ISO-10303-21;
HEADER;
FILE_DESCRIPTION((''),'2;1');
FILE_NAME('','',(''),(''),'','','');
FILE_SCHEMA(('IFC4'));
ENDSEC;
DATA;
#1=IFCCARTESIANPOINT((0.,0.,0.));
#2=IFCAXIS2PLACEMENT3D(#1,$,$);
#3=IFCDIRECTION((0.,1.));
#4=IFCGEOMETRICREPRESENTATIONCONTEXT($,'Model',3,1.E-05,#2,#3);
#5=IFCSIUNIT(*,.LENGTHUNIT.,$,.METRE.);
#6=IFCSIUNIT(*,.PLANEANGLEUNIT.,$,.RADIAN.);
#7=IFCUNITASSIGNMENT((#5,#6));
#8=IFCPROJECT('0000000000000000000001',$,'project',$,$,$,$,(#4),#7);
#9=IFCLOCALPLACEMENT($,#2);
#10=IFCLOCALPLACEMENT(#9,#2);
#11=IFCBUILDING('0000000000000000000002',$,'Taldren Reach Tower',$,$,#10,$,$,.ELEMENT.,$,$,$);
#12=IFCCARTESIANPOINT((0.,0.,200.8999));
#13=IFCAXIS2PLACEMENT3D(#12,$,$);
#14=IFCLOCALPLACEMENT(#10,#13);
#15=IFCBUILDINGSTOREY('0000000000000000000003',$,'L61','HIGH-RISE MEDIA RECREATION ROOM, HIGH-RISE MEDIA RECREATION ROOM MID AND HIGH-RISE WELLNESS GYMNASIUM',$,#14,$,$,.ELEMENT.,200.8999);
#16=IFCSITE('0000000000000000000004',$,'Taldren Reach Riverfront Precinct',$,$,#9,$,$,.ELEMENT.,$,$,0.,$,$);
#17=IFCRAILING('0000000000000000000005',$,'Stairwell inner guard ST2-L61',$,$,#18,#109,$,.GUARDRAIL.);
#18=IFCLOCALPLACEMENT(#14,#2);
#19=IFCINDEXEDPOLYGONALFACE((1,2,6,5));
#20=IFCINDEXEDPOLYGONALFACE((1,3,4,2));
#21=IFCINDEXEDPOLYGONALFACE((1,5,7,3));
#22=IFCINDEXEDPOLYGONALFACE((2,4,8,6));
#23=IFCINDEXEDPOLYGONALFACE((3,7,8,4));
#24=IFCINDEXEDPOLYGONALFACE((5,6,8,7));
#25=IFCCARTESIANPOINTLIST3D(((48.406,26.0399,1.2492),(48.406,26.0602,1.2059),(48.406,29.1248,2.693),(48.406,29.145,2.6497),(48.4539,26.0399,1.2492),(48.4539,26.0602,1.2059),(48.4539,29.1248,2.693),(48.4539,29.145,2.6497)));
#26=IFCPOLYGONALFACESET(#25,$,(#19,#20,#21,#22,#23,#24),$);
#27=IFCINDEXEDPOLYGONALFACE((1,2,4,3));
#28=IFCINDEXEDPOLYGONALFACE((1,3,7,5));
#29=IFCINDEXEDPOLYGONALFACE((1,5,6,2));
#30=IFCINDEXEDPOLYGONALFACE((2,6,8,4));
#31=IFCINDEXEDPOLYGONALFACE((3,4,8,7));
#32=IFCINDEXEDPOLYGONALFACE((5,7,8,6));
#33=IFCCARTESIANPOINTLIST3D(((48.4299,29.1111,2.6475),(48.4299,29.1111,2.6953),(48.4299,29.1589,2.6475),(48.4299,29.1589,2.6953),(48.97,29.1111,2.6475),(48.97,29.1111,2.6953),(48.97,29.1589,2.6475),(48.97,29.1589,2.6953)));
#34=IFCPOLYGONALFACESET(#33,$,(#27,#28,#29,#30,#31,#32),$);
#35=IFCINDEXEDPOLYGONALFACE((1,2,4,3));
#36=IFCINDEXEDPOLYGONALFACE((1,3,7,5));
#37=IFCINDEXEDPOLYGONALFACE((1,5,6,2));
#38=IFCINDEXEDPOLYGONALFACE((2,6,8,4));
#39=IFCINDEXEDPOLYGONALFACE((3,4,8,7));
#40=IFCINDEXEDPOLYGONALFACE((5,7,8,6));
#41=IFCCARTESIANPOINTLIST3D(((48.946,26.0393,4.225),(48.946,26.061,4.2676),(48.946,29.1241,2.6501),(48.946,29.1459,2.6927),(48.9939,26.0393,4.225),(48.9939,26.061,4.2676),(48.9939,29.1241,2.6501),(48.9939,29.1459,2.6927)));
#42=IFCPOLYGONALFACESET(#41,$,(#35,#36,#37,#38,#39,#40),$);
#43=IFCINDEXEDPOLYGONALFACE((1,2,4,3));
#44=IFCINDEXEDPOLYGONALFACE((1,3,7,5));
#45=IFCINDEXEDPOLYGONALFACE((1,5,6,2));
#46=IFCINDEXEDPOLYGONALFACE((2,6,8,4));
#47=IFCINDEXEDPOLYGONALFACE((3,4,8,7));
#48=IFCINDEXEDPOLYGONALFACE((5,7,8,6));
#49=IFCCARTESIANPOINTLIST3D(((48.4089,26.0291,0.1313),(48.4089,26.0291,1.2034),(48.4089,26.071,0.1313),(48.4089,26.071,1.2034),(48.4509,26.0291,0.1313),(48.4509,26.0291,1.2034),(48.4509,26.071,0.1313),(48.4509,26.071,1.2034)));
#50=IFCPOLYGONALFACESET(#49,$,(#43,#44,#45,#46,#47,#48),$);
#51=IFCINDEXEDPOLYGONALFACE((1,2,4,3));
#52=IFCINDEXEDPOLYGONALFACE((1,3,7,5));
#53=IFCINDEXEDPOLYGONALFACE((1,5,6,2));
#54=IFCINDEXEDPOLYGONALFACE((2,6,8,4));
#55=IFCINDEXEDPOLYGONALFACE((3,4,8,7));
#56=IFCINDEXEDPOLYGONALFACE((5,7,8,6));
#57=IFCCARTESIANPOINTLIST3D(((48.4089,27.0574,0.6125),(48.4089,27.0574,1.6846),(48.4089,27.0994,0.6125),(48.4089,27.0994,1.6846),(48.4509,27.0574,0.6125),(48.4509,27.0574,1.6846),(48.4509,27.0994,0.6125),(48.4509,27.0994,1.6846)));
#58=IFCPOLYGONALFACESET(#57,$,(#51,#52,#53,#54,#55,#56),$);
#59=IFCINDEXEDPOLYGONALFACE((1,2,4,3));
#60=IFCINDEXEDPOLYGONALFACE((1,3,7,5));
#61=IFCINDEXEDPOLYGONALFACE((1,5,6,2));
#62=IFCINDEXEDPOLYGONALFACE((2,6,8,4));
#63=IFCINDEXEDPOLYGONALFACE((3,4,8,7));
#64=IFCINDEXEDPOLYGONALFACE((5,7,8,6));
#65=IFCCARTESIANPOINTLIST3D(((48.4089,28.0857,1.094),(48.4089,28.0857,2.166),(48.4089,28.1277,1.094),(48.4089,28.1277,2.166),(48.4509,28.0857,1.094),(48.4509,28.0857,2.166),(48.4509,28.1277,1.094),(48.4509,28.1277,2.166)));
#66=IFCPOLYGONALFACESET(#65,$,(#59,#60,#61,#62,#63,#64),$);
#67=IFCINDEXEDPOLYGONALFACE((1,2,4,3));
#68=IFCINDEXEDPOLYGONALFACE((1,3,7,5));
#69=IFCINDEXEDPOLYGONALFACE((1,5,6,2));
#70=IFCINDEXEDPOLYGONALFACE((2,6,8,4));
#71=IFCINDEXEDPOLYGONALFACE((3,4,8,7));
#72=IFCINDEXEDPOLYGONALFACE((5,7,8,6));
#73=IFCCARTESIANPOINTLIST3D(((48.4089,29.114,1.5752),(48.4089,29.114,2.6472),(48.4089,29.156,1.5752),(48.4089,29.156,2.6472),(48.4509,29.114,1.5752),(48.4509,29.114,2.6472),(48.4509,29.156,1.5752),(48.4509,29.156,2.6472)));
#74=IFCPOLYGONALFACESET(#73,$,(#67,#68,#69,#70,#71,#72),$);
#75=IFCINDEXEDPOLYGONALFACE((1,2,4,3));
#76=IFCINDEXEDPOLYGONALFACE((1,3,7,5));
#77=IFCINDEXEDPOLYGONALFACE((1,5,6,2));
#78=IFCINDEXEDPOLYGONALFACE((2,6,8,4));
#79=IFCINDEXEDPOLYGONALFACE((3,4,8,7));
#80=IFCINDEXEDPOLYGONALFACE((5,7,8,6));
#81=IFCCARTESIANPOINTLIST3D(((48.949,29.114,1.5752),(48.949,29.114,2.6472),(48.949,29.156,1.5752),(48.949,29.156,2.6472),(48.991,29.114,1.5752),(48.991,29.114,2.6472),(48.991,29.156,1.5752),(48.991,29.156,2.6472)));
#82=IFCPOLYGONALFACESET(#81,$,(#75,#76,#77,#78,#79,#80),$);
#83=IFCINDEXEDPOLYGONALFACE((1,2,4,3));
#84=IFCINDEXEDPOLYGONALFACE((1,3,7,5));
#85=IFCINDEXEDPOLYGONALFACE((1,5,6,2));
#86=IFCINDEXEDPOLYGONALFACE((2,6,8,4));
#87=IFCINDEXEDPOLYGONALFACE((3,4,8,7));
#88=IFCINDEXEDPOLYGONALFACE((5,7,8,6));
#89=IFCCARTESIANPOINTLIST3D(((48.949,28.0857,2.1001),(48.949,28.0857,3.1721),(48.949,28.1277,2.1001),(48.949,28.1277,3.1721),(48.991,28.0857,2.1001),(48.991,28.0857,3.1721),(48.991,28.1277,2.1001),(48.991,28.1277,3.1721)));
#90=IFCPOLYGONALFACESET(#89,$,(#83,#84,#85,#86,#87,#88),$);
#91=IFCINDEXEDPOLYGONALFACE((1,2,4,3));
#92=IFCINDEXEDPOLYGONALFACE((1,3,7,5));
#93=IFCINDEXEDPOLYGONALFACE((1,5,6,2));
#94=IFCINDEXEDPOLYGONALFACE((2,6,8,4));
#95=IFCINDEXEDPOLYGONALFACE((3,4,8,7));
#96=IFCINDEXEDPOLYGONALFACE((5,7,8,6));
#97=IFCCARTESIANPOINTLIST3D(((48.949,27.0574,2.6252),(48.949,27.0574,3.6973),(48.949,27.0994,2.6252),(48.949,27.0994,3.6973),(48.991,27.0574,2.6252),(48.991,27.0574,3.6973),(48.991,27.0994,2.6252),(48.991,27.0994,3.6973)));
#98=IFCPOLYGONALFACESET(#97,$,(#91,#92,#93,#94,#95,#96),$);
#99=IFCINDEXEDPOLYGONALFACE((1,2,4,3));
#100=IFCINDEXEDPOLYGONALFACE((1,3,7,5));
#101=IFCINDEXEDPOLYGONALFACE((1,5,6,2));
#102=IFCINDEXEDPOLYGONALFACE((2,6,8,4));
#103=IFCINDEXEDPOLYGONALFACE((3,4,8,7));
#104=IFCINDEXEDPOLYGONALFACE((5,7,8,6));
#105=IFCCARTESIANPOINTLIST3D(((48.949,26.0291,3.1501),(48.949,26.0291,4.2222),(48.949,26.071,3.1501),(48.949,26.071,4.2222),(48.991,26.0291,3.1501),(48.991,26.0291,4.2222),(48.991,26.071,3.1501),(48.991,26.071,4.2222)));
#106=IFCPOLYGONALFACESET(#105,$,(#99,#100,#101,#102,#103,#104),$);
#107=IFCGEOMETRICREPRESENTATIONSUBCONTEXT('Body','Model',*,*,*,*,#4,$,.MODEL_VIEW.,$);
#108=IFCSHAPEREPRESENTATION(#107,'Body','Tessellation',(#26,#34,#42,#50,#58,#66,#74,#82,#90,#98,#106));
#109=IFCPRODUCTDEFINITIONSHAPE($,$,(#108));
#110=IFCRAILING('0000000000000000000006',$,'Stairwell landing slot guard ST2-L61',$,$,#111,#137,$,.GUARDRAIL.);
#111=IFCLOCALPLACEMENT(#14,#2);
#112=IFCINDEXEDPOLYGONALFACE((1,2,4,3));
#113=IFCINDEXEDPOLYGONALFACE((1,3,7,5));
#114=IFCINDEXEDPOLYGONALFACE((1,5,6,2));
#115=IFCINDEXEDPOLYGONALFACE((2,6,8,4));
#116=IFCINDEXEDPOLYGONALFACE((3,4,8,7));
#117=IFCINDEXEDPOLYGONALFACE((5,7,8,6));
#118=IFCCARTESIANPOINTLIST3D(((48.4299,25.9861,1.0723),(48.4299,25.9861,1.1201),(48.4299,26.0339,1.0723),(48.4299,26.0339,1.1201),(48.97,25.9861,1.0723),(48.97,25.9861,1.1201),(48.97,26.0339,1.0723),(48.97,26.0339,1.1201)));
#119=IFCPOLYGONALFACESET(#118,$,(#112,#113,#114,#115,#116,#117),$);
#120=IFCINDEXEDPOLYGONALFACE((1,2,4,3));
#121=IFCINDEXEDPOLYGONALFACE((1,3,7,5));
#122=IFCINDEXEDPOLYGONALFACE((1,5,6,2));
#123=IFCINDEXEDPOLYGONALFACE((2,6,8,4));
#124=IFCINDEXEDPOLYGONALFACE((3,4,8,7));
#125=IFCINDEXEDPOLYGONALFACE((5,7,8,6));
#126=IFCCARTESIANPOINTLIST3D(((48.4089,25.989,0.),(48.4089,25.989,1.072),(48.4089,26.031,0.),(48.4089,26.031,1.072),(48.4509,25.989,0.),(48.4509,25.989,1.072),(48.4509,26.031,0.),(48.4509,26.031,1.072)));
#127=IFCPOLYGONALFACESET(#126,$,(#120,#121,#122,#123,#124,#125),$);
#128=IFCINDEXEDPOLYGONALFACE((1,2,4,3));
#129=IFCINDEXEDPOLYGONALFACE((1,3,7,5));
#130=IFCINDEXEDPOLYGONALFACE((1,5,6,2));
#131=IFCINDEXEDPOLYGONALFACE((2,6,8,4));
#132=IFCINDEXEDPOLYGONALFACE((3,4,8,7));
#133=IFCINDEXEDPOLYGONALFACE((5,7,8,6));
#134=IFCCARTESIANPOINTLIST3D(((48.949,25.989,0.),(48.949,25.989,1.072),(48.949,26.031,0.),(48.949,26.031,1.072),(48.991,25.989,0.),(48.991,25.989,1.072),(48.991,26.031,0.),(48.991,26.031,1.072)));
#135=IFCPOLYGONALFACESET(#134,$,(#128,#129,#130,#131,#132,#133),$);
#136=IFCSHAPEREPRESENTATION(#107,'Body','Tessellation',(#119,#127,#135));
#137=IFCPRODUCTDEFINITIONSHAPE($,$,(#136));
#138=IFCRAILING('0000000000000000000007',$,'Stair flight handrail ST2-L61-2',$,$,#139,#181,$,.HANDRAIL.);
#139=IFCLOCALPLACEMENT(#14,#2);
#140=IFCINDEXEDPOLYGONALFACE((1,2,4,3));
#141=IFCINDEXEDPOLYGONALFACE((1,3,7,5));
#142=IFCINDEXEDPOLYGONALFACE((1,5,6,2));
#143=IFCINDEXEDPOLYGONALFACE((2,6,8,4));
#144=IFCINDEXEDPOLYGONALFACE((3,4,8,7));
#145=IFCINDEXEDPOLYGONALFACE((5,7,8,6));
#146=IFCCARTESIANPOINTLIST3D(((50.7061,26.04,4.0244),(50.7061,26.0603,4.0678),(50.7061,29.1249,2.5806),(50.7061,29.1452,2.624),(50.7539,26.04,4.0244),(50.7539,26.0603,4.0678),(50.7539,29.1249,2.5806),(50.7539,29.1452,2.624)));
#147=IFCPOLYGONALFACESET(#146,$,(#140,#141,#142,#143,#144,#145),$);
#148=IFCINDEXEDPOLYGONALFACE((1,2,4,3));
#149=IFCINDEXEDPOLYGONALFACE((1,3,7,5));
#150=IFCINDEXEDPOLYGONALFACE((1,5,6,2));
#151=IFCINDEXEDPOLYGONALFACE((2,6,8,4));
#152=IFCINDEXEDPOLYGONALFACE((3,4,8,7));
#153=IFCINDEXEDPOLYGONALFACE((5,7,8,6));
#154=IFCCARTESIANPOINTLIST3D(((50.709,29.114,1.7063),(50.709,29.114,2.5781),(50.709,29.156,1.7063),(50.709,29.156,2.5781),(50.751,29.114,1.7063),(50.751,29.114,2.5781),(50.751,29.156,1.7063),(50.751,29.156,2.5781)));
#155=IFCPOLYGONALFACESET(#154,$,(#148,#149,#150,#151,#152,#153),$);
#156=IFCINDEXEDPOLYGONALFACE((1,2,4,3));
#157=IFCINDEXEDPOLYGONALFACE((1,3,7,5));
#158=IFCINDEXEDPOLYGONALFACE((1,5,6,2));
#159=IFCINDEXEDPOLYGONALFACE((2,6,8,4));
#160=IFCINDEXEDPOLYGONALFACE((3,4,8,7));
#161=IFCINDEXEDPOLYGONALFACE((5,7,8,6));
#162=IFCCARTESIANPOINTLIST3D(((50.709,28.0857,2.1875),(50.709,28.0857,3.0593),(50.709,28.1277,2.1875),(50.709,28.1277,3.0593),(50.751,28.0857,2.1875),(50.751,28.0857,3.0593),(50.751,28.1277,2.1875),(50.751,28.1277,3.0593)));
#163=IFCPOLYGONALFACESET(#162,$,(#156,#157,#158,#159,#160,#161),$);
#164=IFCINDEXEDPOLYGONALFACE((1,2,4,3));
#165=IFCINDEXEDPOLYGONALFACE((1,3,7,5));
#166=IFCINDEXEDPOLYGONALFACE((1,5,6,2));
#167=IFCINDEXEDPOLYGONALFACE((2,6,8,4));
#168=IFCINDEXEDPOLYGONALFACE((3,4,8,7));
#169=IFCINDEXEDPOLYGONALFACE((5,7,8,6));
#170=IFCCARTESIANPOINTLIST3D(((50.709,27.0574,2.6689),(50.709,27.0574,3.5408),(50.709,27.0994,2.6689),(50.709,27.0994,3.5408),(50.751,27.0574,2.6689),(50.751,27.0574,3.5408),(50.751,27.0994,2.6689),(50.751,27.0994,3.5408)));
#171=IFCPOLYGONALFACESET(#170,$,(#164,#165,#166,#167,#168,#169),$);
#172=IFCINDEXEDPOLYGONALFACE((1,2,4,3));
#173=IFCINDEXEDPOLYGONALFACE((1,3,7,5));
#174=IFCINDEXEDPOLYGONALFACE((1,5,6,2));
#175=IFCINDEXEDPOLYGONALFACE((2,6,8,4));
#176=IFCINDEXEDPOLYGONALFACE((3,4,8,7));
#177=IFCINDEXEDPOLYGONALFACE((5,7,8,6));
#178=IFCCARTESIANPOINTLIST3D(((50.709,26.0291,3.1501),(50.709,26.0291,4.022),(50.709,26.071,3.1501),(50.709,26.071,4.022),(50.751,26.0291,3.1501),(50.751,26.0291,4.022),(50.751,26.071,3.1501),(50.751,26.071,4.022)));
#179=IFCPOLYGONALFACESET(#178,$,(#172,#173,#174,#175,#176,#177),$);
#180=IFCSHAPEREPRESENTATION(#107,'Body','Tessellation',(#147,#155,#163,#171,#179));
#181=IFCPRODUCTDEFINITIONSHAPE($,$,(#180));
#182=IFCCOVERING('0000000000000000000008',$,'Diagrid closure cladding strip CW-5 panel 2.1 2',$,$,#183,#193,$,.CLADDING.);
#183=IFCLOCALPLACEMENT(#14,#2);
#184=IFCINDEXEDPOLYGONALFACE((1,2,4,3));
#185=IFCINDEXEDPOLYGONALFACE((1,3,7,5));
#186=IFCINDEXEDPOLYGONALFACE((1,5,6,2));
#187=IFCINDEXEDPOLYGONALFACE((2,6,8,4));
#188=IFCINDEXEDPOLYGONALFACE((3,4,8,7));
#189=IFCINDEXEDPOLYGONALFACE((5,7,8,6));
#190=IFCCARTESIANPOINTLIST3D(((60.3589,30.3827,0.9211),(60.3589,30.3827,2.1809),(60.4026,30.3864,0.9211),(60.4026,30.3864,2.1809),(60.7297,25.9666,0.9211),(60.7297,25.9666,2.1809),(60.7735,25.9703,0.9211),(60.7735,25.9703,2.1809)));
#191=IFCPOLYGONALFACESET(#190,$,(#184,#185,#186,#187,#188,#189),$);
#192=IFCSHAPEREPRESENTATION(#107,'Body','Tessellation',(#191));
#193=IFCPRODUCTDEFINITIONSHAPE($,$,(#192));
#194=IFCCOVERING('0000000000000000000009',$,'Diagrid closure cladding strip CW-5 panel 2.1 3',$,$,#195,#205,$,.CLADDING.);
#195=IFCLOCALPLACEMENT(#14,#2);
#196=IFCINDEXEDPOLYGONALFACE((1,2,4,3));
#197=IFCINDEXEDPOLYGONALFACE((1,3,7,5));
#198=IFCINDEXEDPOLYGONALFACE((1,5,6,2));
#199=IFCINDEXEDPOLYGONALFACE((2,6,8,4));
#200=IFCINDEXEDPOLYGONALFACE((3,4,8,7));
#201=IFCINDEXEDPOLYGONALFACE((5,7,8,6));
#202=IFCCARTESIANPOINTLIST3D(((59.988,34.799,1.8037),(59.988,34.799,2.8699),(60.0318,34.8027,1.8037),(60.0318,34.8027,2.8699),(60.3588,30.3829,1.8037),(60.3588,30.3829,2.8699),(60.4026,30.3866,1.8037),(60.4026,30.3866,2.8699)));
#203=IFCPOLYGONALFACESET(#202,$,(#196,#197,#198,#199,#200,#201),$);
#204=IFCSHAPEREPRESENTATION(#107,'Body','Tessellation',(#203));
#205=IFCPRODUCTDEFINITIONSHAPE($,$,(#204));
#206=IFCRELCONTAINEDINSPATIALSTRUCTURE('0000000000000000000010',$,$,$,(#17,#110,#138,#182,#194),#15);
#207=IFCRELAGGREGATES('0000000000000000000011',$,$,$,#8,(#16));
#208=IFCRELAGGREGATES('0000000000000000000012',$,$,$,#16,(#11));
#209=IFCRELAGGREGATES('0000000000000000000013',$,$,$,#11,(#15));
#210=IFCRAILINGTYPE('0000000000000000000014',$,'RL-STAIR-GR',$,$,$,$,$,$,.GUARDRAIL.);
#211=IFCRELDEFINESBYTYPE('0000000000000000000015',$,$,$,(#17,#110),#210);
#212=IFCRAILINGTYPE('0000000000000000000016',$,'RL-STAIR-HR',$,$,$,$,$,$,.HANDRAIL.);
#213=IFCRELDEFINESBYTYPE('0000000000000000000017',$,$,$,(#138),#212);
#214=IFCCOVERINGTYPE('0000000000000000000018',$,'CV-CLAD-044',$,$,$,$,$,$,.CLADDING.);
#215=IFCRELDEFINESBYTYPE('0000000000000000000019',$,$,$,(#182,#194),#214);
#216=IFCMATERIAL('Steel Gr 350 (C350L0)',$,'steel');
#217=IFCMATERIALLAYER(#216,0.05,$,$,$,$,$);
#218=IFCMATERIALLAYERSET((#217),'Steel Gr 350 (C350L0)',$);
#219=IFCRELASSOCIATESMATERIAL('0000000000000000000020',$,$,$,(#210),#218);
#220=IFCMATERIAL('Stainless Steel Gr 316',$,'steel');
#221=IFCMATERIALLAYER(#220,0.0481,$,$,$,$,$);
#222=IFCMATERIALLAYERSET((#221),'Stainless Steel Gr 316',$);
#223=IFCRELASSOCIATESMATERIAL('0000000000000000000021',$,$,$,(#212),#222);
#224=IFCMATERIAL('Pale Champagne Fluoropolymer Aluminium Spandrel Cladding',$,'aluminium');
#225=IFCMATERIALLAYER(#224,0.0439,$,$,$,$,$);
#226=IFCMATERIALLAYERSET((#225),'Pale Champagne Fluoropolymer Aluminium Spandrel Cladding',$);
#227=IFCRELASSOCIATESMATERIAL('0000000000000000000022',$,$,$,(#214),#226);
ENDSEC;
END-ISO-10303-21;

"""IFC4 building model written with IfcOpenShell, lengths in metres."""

from ifc_helpers import new_model, si_unit, direction, frame, origin, origin_2d, place, context, subcontext, project, spatial, rectangle, extrude, source, transform, mapped, material, layer, layer_set, type_object, element, save


model = new_model("IFC4")

# Units and contexts
model_context = context("Model", 3, precision=1e-05, world=origin(), true_north=direction((0.0, 1.0)))
body_context = subcontext(model_context, "Body", "Model", "MODEL_VIEW")
ifc_project = project(units=[si_unit("LENGTHUNIT", "METRE"), si_unit("PLANEANGLEUNIT", "RADIAN")], contexts=[model_context])

# Site, building, storey
site_placement = place(None, origin())
site = spatial("IfcSite", under=ifc_project, at=site_placement, Name="Taldren Reach Riverfront Precinct", CompositionType="ELEMENT", RefElevation=0.0)
building_placement = place(site_placement, origin())
building = spatial("IfcBuilding", under=site, at=building_placement, Name="Taldren Reach Tower", CompositionType="ELEMENT")
storey_placement = place(building_placement, frame((0.0, 0.0, 200.8999)))
storey = spatial("IfcBuildingStorey", under=building, at=storey_placement, Name="L61", Description="HIGH-RISE MEDIA RECREATION ROOM, HIGH-RISE MEDIA RECREATION ROOM MID AND HIGH-RISE WELLNESS GYMNASIUM", CompositionType="ELEMENT", Elevation=200.8999)

# Shared definitions
ifc_material_1 = material(Name="Steel Gr 350 (C350L0)", Category="steel")

# Railings
ifc_layer_1 = layer(ifc_material_1, 0.05)
ifc_layer_set_1 = layer_set([ifc_layer_1], Name="Steel Gr 350 (C350L0)")
railing_type_1 = type_object("IfcRailingType", Name="RL-STAIR-GR", PredefinedType="GUARDRAIL", material=ifc_layer_set_1)
railing_1_placement = place(storey_placement, frame((48.4299, 26.05, 0.1313)))
element("IfcRailing", 1, at=railing_1_placement, inside=storey, type_object=railing_type_1, Name="Stairwell inner guard ST2-L61", PredefinedType="GUARDRAIL", context=body_context, shape_type="SweptSolid", body=[
    extrude(rectangle(XDim=0.0479, YDim=0.0479, at=origin_2d()), frame((0.0, 0.0, 1.0962), z_axis=(0.0, 0.90571, 0.423898), x_axis=(-1.0, 0.0, 0.0)), (0.0, 0.0, 1.0), 3.406),
    extrude(rectangle(XDim=0.0479, YDim=0.0479, at=origin_2d()), frame((0.0, 3.085, 2.54), z_axis=(1.0, 0.0, 0.0), x_axis=(0.0, 1.0, 0.0)), (0.0, 0.0, 1.0), 0.54),
    extrude(rectangle(XDim=0.0479, YDim=0.0479, at=origin_2d()), frame((0.54, 3.085, 2.54), z_axis=(0.0, -0.890646, 0.454697), x_axis=(1.0, 0.0, 0.0)), (0.0, 0.0, 1.0), 3.4636),
    extrude(rectangle(XDim=0.042, YDim=0.042, at=origin_2d()), origin(), (0.0, 0.0, 1.0), 1.072),
    extrude(rectangle(XDim=0.042, YDim=0.042, at=origin_2d()), frame((0.0, 1.0283, 0.4812)), (0.0, 0.0, 1.0), 1.072),
    extrude(rectangle(XDim=0.042, YDim=0.042, at=origin_2d()), frame((0.0, 2.0566, 0.9626)), (0.0, 0.0, 1.0), 1.072),
    extrude(rectangle(XDim=0.042, YDim=0.042, at=origin_2d()), frame((0.0, 3.085, 1.4438)), (0.0, 0.0, 1.0), 1.072),
    extrude(rectangle(XDim=0.042, YDim=0.042, at=origin_2d()), frame((0.54, 3.085, 1.4438)), (0.0, 0.0, 1.0), 1.072),
    extrude(rectangle(XDim=0.042, YDim=0.042, at=origin_2d()), frame((0.54, 2.0566, 1.9688)), (0.0, 0.0, 1.0), 1.072),
    extrude(rectangle(XDim=0.042, YDim=0.042, at=origin_2d()), frame((0.54, 1.0283, 2.4939)), (0.0, 0.0, 1.0), 1.072),
    extrude(rectangle(XDim=0.042, YDim=0.042, at=origin_2d()), frame((0.54, 0.0, 3.0188)), (0.0, 0.0, 1.0), 1.072),
])
railing_2_placement = place(storey_placement, frame((48.4299, 26.01, 0.0)))
element("IfcRailing", 2, at=railing_2_placement, inside=storey, type_object=railing_type_1, Name="Stairwell landing slot guard ST2-L61", PredefinedType="GUARDRAIL", context=body_context, shape_type="SweptSolid", body=[
    extrude(rectangle(XDim=0.0479, YDim=0.0479, at=origin_2d()), frame((0.0, 0.0, 1.0962), z_axis=(1.0, 0.0, 0.0), x_axis=(0.0, 1.0, 0.0)), (0.0, 0.0, 1.0), 0.54),
    extrude(rectangle(XDim=0.042, YDim=0.042, at=origin_2d()), origin(), (0.0, 0.0, 1.0), 1.072),
    extrude(rectangle(XDim=0.042, YDim=0.042, at=origin_2d()), frame((0.54, 0.0, 0.0)), (0.0, 0.0, 1.0), 1.072),
])
ifc_material_2 = material(Name="Stainless Steel Gr 316", Category="steel")
ifc_layer_2 = layer(ifc_material_2, 0.0481)
ifc_layer_set_2 = layer_set([ifc_layer_2], Name="Stainless Steel Gr 316")
railing_type_2 = type_object("IfcRailingType", Name="RL-STAIR-HR", PredefinedType="HANDRAIL", material=ifc_layer_set_2)
railing_3_placement = place(storey_placement, frame((50.73, 29.135, 1.7063)))
element("IfcRailing", 3, at=railing_3_placement, inside=storey, type_object=railing_type_2, Name="Stair flight handrail ST2-L61-2", PredefinedType="HANDRAIL", context=body_context, shape_type="SweptSolid", body=[
    extrude(rectangle(XDim=0.0479, YDim=0.0479, at=origin_2d()), frame((0.0, 0.0, 0.896), z_axis=(0.0, -0.90571, 0.423898), x_axis=(1.0, 0.0, 0.0)), (0.0, 0.0, 1.0), 3.406),
    extrude(rectangle(XDim=0.042, YDim=0.042, at=origin_2d()), origin(), (0.0, 0.0, 1.0), 0.8718),
    extrude(rectangle(XDim=0.042, YDim=0.042, at=origin_2d()), frame((0.0, -1.0283, 0.4812)), (0.0, 0.0, 1.0), 0.8718),
    extrude(rectangle(XDim=0.042, YDim=0.042, at=origin_2d()), frame((0.0, -2.0566, 0.9626)), (0.0, 0.0, 1.0), 0.8718),
    extrude(rectangle(XDim=0.042, YDim=0.042, at=origin_2d()), frame((0.0, -3.085, 1.4438)), (0.0, 0.0, 1.0), 0.8718),
])

# Coverings
ifc_material_3 = material(Name="Pale Champagne Fluoropolymer Aluminium Spandrel Cladding", Category="aluminium")
ifc_layer_3 = layer(ifc_material_3, 0.0439)
ifc_layer_set_3 = layer_set([ifc_layer_3], Name="Pale Champagne Fluoropolymer Aluminium Spandrel Cladding")
covering_type = type_object("IfcCoveringType", Name="CV-CLAD-044", PredefinedType="CLADDING", material=ifc_layer_set_3)
shared_shape_1 = source(origin(), body_context, "Body", "SweptSolid", [
    extrude(rectangle(XDim=4.4316, YDim=0.0439, at=origin_2d()), origin(), (0.0, 0.0, 1.0), 1.2598),
])
covering_1_placement = place(storey_placement, frame((60.5662, 28.1765, 0.9211), z_axis=(0.0, 0.0, 1.0), x_axis=(-0.083678, 0.996493, 0.0)))
element("IfcCovering", 4, at=covering_1_placement, inside=storey, type_object=covering_type, Name="Diagrid closure cladding strip CW-5 panel 2.1 2", PredefinedType="CLADDING", context=body_context, shape_type="MappedRepresentation", body=[
    mapped(shared_shape_1, transform((0.0, 0.0, 0.0), scale=1.0)),
])
shared_shape_2 = source(origin(), body_context, "Body", "SweptSolid", [
    extrude(rectangle(XDim=4.4316, YDim=0.0439, at=origin_2d()), origin(), (0.0, 0.0, 1.0), 1.0662),
])
covering_2_placement = place(storey_placement, frame((60.1953, 32.5928, 1.8037), z_axis=(0.0, 0.0, 1.0), x_axis=(-0.083678, 0.996493, 0.0)))
element("IfcCovering", 5, at=covering_2_placement, inside=storey, type_object=covering_type, Name="Diagrid closure cladding strip CW-5 panel 2.1 3", PredefinedType="CLADDING", context=body_context, shape_type="MappedRepresentation", body=[
    mapped(shared_shape_2, transform((0.0, 0.0, 0.0), scale=1.0)),
])

save(model, "model.ifc")
